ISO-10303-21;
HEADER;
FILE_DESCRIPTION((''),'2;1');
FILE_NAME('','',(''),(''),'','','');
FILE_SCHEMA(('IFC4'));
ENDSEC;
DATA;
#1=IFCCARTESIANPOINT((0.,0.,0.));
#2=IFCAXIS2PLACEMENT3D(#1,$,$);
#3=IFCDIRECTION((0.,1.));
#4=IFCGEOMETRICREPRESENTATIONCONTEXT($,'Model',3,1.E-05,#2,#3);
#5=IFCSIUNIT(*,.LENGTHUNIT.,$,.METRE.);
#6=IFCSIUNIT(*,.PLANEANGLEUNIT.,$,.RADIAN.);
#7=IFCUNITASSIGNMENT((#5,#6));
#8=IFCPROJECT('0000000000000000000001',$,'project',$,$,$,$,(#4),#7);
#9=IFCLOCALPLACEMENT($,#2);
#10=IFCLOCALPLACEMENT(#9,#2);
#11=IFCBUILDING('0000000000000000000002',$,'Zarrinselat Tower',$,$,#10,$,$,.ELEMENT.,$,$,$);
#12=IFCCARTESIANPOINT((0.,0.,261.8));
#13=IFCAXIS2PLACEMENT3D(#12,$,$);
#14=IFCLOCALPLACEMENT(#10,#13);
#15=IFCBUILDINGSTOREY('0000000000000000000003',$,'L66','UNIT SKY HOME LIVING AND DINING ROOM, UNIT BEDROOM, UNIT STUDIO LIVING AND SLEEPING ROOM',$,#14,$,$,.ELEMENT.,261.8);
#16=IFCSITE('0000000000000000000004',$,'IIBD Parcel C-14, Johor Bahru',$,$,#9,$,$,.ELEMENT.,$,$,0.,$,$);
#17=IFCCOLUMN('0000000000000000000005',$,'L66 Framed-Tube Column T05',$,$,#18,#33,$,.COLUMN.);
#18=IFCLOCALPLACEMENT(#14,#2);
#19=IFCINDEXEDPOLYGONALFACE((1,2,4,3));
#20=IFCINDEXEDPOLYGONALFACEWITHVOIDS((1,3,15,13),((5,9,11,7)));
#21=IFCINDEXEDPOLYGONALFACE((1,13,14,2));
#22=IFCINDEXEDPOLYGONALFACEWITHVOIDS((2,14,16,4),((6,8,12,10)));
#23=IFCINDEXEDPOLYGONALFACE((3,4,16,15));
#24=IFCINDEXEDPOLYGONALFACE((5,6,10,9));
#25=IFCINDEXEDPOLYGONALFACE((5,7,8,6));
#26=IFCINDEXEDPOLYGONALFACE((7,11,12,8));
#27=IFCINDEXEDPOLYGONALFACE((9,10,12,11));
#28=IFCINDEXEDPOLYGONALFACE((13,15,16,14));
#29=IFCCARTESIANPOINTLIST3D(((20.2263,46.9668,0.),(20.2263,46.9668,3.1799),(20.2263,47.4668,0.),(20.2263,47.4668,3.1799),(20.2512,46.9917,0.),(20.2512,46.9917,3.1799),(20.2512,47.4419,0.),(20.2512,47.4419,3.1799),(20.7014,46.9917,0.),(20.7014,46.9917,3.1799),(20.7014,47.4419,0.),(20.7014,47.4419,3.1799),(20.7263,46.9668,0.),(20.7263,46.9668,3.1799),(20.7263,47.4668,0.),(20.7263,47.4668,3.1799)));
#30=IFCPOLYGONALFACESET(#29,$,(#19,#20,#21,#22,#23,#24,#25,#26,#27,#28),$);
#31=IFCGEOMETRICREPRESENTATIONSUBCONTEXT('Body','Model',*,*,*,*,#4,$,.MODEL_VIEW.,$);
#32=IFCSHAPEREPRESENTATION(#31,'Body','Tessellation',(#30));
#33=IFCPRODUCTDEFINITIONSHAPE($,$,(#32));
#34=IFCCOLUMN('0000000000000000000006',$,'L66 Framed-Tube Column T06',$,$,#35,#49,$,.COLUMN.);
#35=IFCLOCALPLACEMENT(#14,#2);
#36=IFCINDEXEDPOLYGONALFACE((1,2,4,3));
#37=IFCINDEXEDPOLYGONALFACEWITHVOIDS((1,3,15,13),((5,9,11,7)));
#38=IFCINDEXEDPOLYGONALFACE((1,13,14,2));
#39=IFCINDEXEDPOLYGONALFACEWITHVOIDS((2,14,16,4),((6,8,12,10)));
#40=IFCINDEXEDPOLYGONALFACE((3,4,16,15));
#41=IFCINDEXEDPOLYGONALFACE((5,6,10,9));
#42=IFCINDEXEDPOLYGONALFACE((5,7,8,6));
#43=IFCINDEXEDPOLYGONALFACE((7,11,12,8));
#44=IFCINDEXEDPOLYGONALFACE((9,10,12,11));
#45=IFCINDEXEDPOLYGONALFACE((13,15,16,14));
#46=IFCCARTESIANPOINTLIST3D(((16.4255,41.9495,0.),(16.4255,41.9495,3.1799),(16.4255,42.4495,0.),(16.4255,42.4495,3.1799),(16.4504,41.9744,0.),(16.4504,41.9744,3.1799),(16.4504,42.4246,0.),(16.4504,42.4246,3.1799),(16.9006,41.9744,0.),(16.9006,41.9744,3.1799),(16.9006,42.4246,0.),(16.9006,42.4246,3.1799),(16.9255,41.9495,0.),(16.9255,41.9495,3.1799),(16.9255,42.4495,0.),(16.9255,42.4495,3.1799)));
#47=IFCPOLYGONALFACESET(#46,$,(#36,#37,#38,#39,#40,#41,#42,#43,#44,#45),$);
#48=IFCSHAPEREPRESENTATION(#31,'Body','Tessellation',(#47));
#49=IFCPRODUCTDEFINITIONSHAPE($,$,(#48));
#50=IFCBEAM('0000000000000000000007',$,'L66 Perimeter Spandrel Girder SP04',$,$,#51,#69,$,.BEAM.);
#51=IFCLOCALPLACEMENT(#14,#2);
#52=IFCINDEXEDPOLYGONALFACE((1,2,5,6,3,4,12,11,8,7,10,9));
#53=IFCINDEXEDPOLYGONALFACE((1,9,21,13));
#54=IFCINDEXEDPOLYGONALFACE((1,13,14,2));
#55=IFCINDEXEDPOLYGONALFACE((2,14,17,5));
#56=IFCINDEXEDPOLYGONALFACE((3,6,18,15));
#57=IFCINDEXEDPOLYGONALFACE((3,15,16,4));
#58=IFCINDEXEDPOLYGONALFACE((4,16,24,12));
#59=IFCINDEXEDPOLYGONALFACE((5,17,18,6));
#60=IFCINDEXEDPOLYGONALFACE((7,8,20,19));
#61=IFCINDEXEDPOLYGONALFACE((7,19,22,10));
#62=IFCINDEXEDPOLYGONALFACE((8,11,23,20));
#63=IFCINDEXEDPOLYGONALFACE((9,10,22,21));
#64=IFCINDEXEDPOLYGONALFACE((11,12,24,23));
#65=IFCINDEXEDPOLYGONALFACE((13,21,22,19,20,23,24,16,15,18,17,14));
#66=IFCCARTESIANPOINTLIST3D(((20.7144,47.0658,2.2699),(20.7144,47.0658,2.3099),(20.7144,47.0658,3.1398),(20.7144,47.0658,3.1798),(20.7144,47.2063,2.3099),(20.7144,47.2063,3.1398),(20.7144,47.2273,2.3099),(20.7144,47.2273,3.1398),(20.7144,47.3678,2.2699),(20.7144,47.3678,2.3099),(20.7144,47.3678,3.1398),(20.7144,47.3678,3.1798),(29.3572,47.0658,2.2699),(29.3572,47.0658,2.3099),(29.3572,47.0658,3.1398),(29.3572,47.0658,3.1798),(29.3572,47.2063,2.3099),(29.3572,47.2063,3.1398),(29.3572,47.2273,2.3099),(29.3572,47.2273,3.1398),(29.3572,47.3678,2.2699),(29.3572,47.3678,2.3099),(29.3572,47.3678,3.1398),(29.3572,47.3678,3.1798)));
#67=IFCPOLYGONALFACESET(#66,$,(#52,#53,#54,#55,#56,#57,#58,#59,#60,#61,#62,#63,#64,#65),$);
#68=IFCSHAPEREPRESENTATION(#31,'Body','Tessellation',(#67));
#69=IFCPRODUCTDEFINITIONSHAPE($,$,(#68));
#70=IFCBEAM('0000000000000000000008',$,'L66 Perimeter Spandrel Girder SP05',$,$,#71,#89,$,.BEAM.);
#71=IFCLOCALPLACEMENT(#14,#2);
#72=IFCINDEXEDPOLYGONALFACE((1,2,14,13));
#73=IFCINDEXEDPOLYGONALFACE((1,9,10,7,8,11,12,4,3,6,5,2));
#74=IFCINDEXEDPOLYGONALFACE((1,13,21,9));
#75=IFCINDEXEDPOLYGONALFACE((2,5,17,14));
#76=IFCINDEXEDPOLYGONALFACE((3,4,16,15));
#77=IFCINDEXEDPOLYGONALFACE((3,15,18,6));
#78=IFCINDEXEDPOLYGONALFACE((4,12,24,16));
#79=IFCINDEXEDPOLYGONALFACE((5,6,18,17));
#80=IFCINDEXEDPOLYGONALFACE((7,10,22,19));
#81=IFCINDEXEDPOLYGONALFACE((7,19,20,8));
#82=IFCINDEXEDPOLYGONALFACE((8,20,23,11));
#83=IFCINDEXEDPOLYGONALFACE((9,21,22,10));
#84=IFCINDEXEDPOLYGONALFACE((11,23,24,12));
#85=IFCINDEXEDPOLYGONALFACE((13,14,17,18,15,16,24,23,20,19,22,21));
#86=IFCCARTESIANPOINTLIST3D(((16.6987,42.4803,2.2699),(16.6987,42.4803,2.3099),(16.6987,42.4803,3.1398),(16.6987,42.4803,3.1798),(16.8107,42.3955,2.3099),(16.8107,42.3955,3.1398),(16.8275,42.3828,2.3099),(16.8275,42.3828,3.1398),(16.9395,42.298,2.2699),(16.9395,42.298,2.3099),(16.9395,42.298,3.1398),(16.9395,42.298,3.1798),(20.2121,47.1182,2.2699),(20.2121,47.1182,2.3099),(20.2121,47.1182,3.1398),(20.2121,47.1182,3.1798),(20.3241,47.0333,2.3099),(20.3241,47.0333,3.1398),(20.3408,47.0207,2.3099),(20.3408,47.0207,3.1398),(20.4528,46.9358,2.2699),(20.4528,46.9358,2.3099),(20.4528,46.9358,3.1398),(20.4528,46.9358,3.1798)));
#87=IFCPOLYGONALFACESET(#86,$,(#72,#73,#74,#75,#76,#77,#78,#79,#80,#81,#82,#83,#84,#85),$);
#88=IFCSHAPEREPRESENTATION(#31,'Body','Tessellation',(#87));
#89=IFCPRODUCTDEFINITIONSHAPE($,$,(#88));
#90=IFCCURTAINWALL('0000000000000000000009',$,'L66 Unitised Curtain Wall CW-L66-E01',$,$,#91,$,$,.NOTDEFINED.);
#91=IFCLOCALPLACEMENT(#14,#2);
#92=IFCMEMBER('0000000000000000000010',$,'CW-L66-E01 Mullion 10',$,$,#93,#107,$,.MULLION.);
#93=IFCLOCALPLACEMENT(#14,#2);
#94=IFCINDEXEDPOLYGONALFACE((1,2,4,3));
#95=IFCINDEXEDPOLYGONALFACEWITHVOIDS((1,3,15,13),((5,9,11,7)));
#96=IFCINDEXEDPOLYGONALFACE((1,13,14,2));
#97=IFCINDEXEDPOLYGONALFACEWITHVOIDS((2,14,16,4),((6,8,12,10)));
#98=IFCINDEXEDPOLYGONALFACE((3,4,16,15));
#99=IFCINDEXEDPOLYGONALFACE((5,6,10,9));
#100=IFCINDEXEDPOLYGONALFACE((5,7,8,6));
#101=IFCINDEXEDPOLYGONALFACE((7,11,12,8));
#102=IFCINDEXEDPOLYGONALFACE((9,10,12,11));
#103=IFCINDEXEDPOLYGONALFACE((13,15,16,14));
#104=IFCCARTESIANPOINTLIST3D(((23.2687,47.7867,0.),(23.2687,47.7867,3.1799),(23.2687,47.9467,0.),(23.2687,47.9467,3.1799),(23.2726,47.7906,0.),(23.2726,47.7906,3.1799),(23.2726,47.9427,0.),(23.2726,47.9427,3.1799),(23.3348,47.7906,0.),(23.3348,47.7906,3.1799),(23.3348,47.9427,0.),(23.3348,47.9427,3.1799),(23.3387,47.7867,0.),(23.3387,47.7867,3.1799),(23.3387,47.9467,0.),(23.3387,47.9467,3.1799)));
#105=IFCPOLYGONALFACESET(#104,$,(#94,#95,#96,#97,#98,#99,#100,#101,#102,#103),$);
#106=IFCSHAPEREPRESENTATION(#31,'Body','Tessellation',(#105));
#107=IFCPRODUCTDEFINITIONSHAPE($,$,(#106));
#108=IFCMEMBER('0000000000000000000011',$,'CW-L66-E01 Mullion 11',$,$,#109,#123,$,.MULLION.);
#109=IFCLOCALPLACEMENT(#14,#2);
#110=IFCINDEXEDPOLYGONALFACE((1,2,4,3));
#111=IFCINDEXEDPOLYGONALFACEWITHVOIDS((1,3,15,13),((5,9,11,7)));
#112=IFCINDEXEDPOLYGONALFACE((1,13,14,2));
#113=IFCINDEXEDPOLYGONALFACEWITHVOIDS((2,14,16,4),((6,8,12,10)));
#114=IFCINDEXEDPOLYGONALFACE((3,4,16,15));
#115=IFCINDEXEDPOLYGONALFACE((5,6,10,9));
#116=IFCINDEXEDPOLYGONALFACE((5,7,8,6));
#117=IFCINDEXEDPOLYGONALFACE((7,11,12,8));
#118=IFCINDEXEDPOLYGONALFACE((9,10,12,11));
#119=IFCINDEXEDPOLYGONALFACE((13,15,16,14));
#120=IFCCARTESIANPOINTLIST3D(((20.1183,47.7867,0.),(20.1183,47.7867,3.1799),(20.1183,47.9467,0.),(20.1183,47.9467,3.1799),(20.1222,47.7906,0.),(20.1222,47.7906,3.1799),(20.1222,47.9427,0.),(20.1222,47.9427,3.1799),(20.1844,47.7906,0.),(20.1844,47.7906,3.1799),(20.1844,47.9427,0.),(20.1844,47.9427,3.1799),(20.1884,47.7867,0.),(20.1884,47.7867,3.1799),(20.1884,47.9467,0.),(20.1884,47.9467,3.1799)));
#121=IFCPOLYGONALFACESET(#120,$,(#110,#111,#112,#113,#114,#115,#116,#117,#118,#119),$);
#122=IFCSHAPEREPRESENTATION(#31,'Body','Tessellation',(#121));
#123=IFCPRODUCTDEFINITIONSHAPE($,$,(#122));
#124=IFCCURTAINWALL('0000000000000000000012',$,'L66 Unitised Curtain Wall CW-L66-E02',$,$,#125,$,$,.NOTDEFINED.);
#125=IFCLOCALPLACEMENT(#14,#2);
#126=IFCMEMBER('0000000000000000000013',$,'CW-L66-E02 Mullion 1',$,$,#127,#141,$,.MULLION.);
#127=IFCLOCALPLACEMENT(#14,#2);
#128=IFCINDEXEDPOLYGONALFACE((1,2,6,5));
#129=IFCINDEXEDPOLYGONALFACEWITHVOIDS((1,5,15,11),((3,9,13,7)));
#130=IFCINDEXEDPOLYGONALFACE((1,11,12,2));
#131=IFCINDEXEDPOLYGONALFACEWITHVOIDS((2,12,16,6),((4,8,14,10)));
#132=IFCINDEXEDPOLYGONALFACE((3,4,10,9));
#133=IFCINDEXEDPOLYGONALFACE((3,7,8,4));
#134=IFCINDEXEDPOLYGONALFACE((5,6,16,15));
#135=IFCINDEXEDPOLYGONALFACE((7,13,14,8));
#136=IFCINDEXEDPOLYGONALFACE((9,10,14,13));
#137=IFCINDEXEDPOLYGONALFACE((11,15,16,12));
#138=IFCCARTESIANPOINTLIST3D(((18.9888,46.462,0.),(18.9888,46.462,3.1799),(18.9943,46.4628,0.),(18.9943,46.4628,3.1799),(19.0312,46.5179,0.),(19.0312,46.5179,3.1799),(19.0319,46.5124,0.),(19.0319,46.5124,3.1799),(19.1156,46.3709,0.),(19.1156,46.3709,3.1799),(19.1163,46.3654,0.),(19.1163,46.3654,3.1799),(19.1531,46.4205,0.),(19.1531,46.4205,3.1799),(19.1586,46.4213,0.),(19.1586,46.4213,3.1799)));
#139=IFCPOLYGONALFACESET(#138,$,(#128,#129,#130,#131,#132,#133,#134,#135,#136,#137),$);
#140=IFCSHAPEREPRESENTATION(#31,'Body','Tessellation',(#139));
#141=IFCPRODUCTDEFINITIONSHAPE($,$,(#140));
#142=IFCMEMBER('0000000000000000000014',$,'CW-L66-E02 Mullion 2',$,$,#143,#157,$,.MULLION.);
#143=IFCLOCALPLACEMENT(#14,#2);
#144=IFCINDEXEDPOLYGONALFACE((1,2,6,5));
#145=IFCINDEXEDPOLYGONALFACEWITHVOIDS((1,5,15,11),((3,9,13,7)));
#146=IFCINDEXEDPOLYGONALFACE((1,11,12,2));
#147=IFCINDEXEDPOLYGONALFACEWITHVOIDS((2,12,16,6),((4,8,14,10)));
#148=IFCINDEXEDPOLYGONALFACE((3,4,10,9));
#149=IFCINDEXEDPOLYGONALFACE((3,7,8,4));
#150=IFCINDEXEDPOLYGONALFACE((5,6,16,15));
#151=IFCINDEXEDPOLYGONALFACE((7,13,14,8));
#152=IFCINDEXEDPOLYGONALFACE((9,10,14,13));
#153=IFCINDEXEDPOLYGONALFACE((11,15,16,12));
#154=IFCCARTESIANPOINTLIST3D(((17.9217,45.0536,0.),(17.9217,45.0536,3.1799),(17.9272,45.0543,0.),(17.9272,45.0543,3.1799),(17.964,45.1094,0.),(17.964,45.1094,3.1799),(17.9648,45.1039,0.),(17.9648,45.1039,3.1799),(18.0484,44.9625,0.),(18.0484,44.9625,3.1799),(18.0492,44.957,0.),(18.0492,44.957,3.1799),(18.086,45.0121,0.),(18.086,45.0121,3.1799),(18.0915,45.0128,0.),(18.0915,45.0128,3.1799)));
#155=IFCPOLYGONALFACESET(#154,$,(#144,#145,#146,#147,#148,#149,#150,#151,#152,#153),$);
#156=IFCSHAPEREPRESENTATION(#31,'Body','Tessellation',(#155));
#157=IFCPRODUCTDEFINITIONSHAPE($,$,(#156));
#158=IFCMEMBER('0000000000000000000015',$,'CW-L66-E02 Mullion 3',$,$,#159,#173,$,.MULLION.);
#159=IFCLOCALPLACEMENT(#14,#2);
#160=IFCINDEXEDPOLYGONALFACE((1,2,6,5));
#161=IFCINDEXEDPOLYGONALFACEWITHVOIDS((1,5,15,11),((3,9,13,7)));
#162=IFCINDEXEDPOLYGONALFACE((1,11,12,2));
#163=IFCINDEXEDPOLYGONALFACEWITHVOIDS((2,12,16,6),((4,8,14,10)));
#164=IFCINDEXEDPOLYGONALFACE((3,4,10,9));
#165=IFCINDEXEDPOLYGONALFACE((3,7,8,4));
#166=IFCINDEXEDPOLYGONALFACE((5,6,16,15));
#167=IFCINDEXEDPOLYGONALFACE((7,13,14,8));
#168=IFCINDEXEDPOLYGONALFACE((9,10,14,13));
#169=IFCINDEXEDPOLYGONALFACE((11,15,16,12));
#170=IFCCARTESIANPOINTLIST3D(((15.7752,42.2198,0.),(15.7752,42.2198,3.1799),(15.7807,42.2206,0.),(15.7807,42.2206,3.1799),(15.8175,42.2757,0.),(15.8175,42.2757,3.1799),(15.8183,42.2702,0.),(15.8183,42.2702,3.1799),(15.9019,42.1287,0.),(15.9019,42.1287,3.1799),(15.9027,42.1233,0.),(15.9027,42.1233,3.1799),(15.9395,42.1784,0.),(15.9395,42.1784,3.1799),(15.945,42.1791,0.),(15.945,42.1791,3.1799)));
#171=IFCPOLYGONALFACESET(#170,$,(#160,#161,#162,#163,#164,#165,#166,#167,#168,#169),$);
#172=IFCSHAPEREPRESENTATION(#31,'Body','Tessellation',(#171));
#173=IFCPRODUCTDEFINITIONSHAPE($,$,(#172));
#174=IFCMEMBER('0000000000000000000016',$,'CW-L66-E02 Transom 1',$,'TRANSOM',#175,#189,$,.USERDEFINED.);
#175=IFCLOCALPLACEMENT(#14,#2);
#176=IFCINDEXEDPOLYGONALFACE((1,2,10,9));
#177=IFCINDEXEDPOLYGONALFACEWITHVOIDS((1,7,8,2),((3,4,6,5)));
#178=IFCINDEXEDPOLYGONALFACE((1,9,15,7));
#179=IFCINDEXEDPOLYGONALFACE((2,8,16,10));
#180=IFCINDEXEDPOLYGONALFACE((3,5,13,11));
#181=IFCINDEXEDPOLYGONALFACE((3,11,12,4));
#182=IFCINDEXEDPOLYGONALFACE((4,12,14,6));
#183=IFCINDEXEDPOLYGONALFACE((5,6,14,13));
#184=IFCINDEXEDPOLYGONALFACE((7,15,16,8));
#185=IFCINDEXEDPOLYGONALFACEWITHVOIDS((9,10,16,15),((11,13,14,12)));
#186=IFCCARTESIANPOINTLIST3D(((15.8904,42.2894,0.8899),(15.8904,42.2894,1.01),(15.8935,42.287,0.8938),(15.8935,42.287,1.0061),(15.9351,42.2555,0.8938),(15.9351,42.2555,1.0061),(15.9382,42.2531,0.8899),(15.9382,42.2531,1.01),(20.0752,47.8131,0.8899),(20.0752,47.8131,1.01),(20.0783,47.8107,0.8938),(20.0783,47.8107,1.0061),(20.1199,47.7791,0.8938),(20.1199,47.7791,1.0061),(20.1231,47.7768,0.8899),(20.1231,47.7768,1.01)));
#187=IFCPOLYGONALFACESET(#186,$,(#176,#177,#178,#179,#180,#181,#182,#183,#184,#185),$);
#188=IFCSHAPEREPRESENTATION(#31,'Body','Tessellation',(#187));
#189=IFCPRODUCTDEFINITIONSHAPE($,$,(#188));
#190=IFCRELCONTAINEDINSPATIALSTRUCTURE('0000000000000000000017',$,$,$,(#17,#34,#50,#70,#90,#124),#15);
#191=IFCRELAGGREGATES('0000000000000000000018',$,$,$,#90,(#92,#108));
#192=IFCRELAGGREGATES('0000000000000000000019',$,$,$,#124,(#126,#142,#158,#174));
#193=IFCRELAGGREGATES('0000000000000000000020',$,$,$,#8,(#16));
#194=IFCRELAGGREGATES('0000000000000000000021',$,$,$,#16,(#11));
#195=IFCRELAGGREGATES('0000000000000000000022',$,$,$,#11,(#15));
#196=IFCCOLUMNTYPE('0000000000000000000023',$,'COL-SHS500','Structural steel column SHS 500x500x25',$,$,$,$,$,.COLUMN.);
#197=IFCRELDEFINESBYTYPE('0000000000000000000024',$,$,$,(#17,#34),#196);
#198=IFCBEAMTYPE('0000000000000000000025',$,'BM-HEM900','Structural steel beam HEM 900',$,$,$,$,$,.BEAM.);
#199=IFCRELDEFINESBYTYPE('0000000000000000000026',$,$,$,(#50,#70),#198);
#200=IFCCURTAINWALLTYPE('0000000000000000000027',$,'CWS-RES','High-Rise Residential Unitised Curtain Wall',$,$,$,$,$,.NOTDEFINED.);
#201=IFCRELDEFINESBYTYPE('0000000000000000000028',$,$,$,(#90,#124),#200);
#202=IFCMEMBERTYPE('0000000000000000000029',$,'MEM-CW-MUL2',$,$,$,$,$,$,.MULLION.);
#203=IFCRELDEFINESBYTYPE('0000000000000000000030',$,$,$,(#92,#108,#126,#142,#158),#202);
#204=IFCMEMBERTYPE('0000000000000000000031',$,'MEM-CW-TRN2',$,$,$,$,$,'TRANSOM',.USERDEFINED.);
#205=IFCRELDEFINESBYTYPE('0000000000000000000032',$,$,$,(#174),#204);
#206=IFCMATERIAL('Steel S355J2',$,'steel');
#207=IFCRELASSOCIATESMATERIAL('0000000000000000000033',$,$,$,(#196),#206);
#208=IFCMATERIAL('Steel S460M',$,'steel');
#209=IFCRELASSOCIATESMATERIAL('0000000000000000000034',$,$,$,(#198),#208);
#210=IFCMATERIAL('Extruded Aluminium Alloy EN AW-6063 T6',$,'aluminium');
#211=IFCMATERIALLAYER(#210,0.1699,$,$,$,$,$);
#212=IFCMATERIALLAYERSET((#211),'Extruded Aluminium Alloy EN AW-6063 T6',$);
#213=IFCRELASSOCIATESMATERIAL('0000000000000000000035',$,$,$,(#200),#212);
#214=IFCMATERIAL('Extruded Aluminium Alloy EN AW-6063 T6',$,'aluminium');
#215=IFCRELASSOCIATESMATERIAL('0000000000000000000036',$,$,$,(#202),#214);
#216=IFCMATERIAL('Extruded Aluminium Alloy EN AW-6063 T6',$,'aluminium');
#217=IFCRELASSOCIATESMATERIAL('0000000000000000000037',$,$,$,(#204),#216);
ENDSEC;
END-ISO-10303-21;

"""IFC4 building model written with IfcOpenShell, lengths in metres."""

from ifc_helpers import new_model, si_unit, direction, frame, origin, origin_2d, place, context, subcontext, project, spatial, hollow_rectangle, i_section, extrude, material, layer, layer_set, material_profile, profile_set, type_object, element, aggregate, save


model = new_model("IFC4")

# Units and contexts
model_context = context("Model", 3, precision=1e-05, world=origin(), true_north=direction((0.0, 1.0)))
body_context = subcontext(model_context, "Body", "Model", "MODEL_VIEW")
ifc_project = project(units=[si_unit("LENGTHUNIT", "METRE"), si_unit("PLANEANGLEUNIT", "RADIAN")], contexts=[model_context])

# Site, building, storey
site_placement = place(None, origin())
site = spatial("IfcSite", under=ifc_project, at=site_placement, Name="IIBD Parcel C-14, Johor Bahru", CompositionType="ELEMENT", RefElevation=0.0)
building_placement = place(site_placement, origin())
building = spatial("IfcBuilding", under=site, at=building_placement, Name="Zarrinselat Tower", CompositionType="ELEMENT")
storey_placement = place(building_placement, frame((0.0, 0.0, 261.8)))
storey = spatial("IfcBuildingStorey", under=building, at=storey_placement, Name="L66", Description="UNIT SKY HOME LIVING AND DINING ROOM, UNIT BEDROOM, UNIT STUDIO LIVING AND SLEEPING ROOM", CompositionType="ELEMENT", Elevation=261.8)

# Columns
ifc_material_1 = material(Name="Steel S355J2", Category="steel")
ifc_material_profile_1 = material_profile(ifc_material_1, hollow_rectangle(XDim=0.5, YDim=0.5, WallThickness=0.0249, at=origin_2d()), Name="SHS 500x500x25")
ifc_profile_set_1 = profile_set([ifc_material_profile_1], Name="Steel S355J2")
column_type = type_object("IfcColumnType", Name="COL-SHS500", Description="Structural steel column SHS 500x500x25", PredefinedType="COLUMN", material=ifc_profile_set_1)
for number, where, z_axis, x_axis, name in (
    (1, (20.4763, 47.2168, 0.0), (0.0, 0.0, 1.0), (1.0, 0.0, 0.0), "L66 Framed-Tube Column T05"),
    (2, (16.6755, 42.1995, 0.0), (0.0, 0.0, 1.0), (1.0, 0.0, 0.0), "L66 Framed-Tube Column T06"),
):
    element("IfcColumn", number, at=place(storey_placement, frame(where, z_axis=z_axis, x_axis=x_axis)), inside=storey, type_object=column_type, Name=name, PredefinedType="COLUMN", context=body_context, shape_type="SweptSolid", body=[
        extrude(hollow_rectangle(XDim=0.5, YDim=0.5, WallThickness=0.0249, at=origin_2d()), origin(), (0.0, 0.0, 1.0), 3.1799),
    ])

# Beams
ifc_material_2 = material(Name="Steel S460M", Category="steel")
ifc_material_profile_2 = material_profile(ifc_material_2, i_section(OverallWidth=0.302, OverallDepth=0.9099, WebThickness=0.021, FlangeThickness=0.04, at=origin_2d()), Name="HEM 900")
ifc_profile_set_2 = profile_set([ifc_material_profile_2], Name="Steel S460M")
beam_type = type_object("IfcBeamType", Name="BM-HEM900", Description="Structural steel beam HEM 900", PredefinedType="BEAM", material=ifc_profile_set_2)
beam_1_placement = place(storey_placement, frame((20.7144, 47.2168, 2.7249), z_axis=(1.0, 0.0, 0.0), x_axis=(0.0, 1.0, 0.0)))
element("IfcBeam", 3, at=beam_1_placement, inside=storey, type_object=beam_type, Name="L66 Perimeter Spandrel Girder SP04", PredefinedType="BEAM", context=body_context, shape_type="SweptSolid", body=[
    extrude(i_section(OverallWidth=0.302, OverallDepth=0.9099, WebThickness=0.021, FlangeThickness=0.04, at=origin_2d()), origin(), (0.0, 0.0, 1.0), 8.6428),
])
beam_2_placement = place(storey_placement, frame((16.8191, 42.3892, 2.7249), z_axis=(0.60384, 0.797106, 0.0), x_axis=(-0.797106, 0.60384, 0.0)))
element("IfcBeam", 4, at=beam_2_placement, inside=storey, type_object=beam_type, Name="L66 Perimeter Spandrel Girder SP05", PredefinedType="BEAM", context=body_context, shape_type="SweptSolid", body=[
    extrude(i_section(OverallWidth=0.302, OverallDepth=0.9099, WebThickness=0.021, FlangeThickness=0.04, at=origin_2d()), origin(), (0.0, 0.0, 1.0), 5.8184),
])

# Curtain walls, members
ifc_material_3 = material(Name="Extruded Aluminium Alloy EN AW-6063 T6", Category="aluminium")
ifc_layer_1 = layer(ifc_material_3, 0.1699)
ifc_layer_set_1 = layer_set([ifc_layer_1], Name="Extruded Aluminium Alloy EN AW-6063 T6")
curtain_wall_type = type_object("IfcCurtainWallType", Name="CWS-RES", Description="High-Rise Residential Unitised Curtain Wall", PredefinedType="NOTDEFINED", material=ifc_layer_set_1)
curtain_wall_1_placement = place(storey_placement, origin())
curtain_wall_1 = element("IfcCurtainWall", 5, at=curtain_wall_1_placement, inside=storey, type_object=curtain_wall_type, Name="L66 Unitised Curtain Wall CW-L66-E01", PredefinedType="NOTDEFINED")
ifc_material_4 = material(Name="Extruded Aluminium Alloy EN AW-6063 T6", Category="aluminium")
ifc_material_profile_3 = material_profile(ifc_material_4, hollow_rectangle(XDim=0.0701, YDim=0.1599, WallThickness=0.0039, at=origin_2d()), Name="RHS 160x70x4")
ifc_profile_set_3 = profile_set([ifc_material_profile_3], Name="Extruded Aluminium Alloy EN AW-6063 T6")
member_type_1 = type_object("IfcMemberType", Name="MEM-CW-MUL2", PredefinedType="MULLION", material=ifc_profile_set_3)
member_1_placement = place(storey_placement, frame((23.3037, 47.8667, 0.0), z_axis=(0.0, 0.0, 1.0), x_axis=(-1.0, 0.0, 0.0)))
member_1 = element("IfcMember", 6, at=member_1_placement, type_object=member_type_1, Name="CW-L66-E01 Mullion 10", PredefinedType="MULLION", context=body_context, shape_type="SweptSolid", body=[
    extrude(hollow_rectangle(XDim=0.0701, YDim=0.1599, WallThickness=0.0039, at=origin_2d()), origin(), (0.0, 0.0, 1.0), 3.1799),
])
member_2_placement = place(storey_placement, frame((20.1533, 47.8667, 0.0), z_axis=(0.0, 0.0, 1.0), x_axis=(-1.0, 0.0, 0.0)))
member_2 = element("IfcMember", 7, at=member_2_placement, type_object=member_type_1, Name="CW-L66-E01 Mullion 11", PredefinedType="MULLION", context=body_context, shape_type="SweptSolid", body=[
    extrude(hollow_rectangle(XDim=0.0701, YDim=0.1599, WallThickness=0.0039, at=origin_2d()), origin(), (0.0, 0.0, 1.0), 3.1799),
])
curtain_wall_2_placement = place(storey_placement, origin())
curtain_wall_2 = element("IfcCurtainWall", 8, at=curtain_wall_2_placement, inside=storey, type_object=curtain_wall_type, Name="L66 Unitised Curtain Wall CW-L66-E02", PredefinedType="NOTDEFINED")
member_3_placement = place(storey_placement, frame((19.0737, 46.4417, 0.0), z_axis=(0.0, 0.0, 1.0), x_axis=(-0.603855, -0.797094, 0.0)))
member_3 = element("IfcMember", 9, at=member_3_placement, type_object=member_type_1, Name="CW-L66-E02 Mullion 1", PredefinedType="MULLION", context=body_context, shape_type="SweptSolid", body=[
    extrude(hollow_rectangle(XDim=0.0701, YDim=0.1599, WallThickness=0.0039, at=origin_2d()), origin(), (0.0, 0.0, 1.0), 3.1799),
])
member_4_placement = place(storey_placement, frame((18.0066, 45.0332, 0.0), z_axis=(0.0, 0.0, 1.0), x_axis=(-0.603855, -0.797094, 0.0)))
member_4 = element("IfcMember", 10, at=member_4_placement, type_object=member_type_1, Name="CW-L66-E02 Mullion 2", PredefinedType="MULLION", context=body_context, shape_type="SweptSolid", body=[
    extrude(hollow_rectangle(XDim=0.0701, YDim=0.1599, WallThickness=0.0039, at=origin_2d()), origin(), (0.0, 0.0, 1.0), 3.1799),
])
member_5_placement = place(storey_placement, frame((15.8601, 42.1995, 0.0), z_axis=(0.0, 0.0, 1.0), x_axis=(-0.603855, -0.797094, 0.0)))
member_5 = element("IfcMember", 11, at=member_5_placement, type_object=member_type_1, Name="CW-L66-E02 Mullion 3", PredefinedType="MULLION", context=body_context, shape_type="SweptSolid", body=[
    extrude(hollow_rectangle(XDim=0.0701, YDim=0.1599, WallThickness=0.0039, at=origin_2d()), origin(), (0.0, 0.0, 1.0), 3.1799),
])
ifc_material_5 = material(Name="Extruded Aluminium Alloy EN AW-6063 T6", Category="aluminium")
ifc_material_profile_4 = material_profile(ifc_material_5, hollow_rectangle(XDim=0.0601, YDim=0.1201, WallThickness=0.0039, at=origin_2d()), Name="RHS 120x60x4")
ifc_profile_set_4 = profile_set([ifc_material_profile_4], Name="Extruded Aluminium Alloy EN AW-6063 T6")
member_type_2 = type_object("IfcMemberType", Name="MEM-CW-TRN2", ElementType="TRANSOM", PredefinedType="USERDEFINED", material=ifc_profile_set_4)
member_6_placement = place(storey_placement, frame((20.0991, 47.7949, 0.95), z_axis=(-0.603877, -0.797078, 0.0), x_axis=(0.797078, -0.603877, 0.0)))
member_6 = element("IfcMember", 12, at=member_6_placement, type_object=member_type_2, Name="CW-L66-E02 Transom 1", ObjectType="TRANSOM", PredefinedType="USERDEFINED", context=body_context, shape_type="SweptSolid", body=[
    extrude(hollow_rectangle(XDim=0.0601, YDim=0.1201, WallThickness=0.0039, at=origin_2d()), origin(), (0.0, 0.0, 1.0), 6.9299),
])

aggregate(curtain_wall_1, [member_1, member_2])
aggregate(curtain_wall_2, [member_3, member_4, member_5, member_6])

save(model, "model.ifc")
